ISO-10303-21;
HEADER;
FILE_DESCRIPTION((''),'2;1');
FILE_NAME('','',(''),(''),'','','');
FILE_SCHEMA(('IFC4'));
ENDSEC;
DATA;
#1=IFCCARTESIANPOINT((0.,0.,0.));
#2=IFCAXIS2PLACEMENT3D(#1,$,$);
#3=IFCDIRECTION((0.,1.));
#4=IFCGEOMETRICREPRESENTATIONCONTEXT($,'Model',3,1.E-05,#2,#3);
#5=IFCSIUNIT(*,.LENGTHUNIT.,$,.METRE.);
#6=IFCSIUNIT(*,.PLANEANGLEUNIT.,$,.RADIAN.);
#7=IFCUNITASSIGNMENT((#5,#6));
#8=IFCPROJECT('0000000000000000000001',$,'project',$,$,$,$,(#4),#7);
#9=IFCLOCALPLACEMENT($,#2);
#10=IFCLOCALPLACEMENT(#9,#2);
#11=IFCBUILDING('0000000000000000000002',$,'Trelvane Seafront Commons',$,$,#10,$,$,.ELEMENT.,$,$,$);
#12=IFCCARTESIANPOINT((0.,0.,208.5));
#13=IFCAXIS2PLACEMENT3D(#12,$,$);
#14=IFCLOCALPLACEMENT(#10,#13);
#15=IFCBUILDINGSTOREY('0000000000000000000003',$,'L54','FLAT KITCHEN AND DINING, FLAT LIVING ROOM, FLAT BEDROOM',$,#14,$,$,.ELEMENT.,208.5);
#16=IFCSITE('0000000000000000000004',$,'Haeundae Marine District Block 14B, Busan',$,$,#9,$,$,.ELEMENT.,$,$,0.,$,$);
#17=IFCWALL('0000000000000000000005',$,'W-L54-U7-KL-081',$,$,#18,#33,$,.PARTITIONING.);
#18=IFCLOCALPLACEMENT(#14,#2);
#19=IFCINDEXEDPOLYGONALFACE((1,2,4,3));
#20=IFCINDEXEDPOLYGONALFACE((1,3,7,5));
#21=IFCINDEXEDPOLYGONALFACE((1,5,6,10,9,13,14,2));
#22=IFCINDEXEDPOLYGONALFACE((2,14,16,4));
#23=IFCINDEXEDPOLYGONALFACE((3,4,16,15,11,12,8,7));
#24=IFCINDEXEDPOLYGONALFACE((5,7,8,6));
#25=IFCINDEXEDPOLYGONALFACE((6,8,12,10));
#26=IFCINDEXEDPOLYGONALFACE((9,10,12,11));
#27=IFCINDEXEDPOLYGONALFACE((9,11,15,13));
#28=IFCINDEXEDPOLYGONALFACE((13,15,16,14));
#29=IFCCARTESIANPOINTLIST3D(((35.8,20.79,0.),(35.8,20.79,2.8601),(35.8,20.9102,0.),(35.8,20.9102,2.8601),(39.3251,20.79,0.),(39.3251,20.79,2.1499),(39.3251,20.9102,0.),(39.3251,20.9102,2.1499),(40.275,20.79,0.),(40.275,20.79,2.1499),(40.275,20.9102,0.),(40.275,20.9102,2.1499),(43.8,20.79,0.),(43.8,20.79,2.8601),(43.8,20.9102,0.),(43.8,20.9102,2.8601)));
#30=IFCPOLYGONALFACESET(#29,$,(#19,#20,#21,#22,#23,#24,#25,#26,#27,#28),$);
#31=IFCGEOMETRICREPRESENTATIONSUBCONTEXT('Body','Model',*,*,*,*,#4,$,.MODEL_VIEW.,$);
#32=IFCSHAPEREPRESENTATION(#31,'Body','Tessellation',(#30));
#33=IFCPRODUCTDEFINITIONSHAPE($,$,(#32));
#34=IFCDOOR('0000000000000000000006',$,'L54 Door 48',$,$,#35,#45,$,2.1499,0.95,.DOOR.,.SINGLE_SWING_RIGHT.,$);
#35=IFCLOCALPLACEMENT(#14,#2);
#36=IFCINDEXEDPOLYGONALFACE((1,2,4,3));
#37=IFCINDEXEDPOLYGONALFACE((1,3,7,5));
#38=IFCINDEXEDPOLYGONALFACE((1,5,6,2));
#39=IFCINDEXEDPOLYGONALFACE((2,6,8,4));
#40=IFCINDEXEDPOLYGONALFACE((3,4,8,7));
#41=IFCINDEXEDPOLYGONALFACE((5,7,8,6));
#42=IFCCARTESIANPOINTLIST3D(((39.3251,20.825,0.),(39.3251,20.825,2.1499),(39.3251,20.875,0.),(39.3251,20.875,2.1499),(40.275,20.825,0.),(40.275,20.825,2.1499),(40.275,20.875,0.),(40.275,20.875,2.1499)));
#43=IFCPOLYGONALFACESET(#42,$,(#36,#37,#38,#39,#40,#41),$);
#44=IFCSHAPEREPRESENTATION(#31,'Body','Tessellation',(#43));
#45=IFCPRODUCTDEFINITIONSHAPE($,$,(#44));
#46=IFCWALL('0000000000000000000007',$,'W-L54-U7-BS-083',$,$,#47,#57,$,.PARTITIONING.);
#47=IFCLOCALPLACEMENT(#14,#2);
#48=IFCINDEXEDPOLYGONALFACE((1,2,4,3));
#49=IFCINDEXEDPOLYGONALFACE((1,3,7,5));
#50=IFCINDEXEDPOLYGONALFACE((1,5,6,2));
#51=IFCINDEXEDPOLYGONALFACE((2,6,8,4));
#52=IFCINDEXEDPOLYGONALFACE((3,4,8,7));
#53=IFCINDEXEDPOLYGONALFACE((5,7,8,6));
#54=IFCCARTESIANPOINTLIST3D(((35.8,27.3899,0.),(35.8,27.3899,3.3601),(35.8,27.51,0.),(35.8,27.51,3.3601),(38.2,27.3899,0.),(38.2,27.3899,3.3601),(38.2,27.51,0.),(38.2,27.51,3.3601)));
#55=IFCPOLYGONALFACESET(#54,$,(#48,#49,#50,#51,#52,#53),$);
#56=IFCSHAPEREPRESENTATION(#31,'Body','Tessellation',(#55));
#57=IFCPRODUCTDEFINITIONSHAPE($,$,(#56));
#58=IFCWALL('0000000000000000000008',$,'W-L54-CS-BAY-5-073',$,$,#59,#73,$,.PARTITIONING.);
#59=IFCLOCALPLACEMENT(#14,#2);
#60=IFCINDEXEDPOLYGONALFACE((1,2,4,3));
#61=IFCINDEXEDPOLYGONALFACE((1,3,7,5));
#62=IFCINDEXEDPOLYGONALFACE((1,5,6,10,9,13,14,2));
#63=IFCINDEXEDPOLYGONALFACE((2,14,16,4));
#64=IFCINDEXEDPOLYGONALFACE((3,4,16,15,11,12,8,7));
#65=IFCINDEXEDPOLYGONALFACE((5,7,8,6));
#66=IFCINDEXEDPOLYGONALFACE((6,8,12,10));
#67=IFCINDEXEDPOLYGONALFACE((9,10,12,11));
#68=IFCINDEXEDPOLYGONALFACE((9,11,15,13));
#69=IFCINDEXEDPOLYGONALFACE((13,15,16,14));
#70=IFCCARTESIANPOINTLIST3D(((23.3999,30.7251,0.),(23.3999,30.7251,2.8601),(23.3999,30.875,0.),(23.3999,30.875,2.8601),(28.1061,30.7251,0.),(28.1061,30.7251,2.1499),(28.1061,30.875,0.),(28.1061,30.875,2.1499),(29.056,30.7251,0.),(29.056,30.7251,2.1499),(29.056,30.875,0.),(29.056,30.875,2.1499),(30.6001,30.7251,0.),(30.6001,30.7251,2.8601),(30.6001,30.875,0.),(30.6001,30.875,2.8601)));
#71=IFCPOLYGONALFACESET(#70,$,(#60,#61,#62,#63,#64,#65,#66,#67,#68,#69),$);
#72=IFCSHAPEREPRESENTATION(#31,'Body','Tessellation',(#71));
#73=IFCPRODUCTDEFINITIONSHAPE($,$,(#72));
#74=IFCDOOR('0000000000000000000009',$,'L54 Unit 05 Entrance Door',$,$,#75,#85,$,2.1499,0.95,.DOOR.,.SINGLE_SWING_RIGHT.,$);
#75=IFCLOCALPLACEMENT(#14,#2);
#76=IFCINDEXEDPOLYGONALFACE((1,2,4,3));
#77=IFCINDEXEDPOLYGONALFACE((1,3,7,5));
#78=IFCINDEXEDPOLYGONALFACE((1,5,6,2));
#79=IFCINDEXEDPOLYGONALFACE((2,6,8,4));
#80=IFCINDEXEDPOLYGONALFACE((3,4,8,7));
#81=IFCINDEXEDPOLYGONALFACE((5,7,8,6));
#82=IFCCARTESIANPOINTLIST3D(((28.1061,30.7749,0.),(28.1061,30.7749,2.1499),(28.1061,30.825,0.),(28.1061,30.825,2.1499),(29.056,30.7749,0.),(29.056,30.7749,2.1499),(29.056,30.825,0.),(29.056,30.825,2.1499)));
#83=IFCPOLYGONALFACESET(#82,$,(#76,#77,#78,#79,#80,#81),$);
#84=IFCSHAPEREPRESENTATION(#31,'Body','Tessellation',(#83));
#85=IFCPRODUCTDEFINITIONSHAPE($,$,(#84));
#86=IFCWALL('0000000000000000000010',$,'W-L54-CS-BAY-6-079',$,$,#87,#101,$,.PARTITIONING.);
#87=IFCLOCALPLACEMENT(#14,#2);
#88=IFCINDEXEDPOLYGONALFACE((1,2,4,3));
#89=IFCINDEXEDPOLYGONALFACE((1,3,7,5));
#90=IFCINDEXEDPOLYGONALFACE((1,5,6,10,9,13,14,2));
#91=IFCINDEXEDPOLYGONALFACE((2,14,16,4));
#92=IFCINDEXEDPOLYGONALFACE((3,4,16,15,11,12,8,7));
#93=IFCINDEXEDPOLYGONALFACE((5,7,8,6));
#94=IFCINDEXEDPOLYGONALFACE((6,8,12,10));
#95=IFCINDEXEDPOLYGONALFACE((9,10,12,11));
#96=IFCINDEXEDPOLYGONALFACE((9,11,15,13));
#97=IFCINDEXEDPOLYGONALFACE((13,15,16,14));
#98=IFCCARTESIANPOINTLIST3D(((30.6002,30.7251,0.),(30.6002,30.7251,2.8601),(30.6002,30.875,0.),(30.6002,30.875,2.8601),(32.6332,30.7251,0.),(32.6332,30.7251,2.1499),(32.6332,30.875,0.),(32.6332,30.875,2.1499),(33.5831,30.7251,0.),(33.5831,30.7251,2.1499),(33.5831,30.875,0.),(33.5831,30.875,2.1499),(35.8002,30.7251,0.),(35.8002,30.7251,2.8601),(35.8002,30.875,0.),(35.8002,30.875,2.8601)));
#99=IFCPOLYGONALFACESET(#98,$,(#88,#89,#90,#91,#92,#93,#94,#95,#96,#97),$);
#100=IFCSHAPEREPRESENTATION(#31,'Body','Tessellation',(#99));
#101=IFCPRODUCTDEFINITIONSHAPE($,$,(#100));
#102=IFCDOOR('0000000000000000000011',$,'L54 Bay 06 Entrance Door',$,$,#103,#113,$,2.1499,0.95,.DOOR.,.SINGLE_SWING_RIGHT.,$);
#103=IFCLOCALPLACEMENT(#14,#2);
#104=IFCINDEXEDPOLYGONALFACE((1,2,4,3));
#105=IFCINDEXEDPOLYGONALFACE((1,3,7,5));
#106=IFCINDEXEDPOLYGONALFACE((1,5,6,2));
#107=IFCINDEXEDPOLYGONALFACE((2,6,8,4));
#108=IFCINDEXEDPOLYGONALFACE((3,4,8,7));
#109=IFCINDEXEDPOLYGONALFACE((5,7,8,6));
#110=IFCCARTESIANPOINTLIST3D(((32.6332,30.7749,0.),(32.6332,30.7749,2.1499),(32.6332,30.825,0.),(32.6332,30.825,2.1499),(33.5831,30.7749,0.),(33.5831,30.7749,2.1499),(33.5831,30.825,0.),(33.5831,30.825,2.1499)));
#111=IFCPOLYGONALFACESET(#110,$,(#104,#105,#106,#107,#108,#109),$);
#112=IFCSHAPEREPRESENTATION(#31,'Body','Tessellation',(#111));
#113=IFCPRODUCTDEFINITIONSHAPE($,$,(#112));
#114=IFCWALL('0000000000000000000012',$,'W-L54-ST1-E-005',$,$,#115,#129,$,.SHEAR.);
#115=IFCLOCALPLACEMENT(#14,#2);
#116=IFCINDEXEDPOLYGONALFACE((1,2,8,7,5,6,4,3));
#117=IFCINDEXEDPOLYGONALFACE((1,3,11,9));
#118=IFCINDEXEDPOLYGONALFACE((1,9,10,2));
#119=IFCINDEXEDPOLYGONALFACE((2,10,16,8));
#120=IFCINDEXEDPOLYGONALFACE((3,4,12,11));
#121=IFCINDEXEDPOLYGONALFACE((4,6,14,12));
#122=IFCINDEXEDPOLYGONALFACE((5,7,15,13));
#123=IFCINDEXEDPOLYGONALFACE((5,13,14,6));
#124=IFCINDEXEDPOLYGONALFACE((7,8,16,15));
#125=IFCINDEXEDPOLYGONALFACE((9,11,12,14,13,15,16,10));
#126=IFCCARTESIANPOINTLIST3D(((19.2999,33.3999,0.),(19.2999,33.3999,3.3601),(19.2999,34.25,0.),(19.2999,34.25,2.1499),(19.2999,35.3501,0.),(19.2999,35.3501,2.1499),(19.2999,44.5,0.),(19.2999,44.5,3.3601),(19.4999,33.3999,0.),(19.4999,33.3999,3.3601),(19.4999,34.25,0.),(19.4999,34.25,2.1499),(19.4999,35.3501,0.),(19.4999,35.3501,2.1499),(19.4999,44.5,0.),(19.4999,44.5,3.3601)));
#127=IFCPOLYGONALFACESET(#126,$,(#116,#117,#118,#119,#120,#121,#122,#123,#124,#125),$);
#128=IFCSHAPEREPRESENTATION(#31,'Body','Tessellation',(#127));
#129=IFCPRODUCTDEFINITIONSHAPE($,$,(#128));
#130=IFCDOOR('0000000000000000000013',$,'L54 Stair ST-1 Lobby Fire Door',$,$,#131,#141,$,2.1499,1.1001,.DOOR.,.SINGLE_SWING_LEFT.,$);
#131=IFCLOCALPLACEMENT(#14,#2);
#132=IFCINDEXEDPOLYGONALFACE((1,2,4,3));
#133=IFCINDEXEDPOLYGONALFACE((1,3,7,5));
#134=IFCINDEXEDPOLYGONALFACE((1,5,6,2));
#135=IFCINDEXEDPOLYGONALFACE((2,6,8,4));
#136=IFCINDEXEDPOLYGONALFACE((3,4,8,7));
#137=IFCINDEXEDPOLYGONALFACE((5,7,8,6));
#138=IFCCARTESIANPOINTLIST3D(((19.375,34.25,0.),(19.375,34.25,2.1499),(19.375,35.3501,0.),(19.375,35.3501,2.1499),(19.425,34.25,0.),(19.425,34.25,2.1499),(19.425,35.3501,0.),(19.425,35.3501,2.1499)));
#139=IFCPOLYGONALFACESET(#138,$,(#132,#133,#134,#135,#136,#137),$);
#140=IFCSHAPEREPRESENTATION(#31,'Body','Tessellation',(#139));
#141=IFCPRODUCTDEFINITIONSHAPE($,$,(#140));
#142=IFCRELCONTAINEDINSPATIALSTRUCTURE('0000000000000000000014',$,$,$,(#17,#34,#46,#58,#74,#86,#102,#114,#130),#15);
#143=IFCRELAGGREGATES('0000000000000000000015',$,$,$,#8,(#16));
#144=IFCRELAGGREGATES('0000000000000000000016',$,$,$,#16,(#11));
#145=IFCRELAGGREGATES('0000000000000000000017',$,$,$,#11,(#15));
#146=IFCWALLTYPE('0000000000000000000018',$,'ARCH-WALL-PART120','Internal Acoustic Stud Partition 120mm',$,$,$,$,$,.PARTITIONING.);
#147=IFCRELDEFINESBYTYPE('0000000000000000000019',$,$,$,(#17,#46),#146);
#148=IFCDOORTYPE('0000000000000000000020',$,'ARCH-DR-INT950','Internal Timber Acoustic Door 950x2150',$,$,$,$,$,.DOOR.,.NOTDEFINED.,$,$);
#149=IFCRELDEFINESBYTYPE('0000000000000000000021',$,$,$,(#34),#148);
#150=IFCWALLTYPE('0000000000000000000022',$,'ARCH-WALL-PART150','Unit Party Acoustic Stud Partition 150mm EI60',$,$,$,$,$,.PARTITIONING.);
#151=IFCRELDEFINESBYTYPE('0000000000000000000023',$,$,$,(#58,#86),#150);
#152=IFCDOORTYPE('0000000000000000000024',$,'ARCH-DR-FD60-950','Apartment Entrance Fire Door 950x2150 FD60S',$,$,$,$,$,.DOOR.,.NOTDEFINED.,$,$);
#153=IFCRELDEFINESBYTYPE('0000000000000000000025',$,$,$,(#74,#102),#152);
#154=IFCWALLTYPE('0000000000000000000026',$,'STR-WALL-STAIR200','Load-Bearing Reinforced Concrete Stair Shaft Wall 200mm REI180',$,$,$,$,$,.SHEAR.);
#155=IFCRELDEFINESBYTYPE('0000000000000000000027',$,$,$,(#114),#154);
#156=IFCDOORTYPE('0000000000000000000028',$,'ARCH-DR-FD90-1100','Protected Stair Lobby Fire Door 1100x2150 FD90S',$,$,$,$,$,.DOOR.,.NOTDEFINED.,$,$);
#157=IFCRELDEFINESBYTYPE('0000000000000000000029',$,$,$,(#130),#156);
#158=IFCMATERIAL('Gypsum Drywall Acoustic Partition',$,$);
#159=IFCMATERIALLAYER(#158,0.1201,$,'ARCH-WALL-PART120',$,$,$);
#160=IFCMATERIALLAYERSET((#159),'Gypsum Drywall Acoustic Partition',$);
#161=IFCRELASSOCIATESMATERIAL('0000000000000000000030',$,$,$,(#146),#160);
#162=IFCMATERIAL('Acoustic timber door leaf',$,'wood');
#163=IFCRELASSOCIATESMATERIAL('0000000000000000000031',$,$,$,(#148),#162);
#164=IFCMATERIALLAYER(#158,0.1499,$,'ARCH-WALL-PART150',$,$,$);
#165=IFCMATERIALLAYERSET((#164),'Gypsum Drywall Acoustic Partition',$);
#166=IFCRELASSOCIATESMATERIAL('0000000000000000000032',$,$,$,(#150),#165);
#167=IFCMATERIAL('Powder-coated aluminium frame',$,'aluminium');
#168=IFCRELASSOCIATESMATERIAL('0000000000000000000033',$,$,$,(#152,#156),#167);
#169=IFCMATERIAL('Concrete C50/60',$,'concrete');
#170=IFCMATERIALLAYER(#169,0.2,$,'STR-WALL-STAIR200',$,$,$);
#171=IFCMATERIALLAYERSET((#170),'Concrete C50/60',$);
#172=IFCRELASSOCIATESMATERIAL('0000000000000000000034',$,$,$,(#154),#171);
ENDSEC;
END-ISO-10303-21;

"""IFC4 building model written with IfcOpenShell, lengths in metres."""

from ifc_helpers import new_model, si_unit, direction, frame, frame_2d, origin, place, context, subcontext, project, spatial, rectangle, extrude, source, transform, mapped, material, layer, layer_set, type_object, element, fill, save


model = new_model("IFC4")

# Units and contexts
model_context = context("Model", 3, precision=1e-05, world=origin(), true_north=direction((0.0, 1.0)))
body_context = subcontext(model_context, "Body", "Model", "MODEL_VIEW")
ifc_project = project(units=[si_unit("LENGTHUNIT", "METRE"), si_unit("PLANEANGLEUNIT", "RADIAN")], contexts=[model_context])

# Site, building, storey
site_placement = place(None, origin())
site = spatial("IfcSite", under=ifc_project, at=site_placement, Name="Haeundae Marine District Block 14B, Busan", CompositionType="ELEMENT", RefElevation=0.0)
building_placement = place(site_placement, origin())
building = spatial("IfcBuilding", under=site, at=building_placement, Name="Trelvane Seafront Commons", CompositionType="ELEMENT")
storey_placement = place(building_placement, frame((0.0, 0.0, 208.5)))
storey = spatial("IfcBuildingStorey", under=building, at=storey_placement, Name="L54", Description="FLAT KITCHEN AND DINING, FLAT LIVING ROOM, FLAT BEDROOM", CompositionType="ELEMENT", Elevation=208.5)

# Shared definitions
ifc_material_1 = material(Name="Powder-coated aluminium frame", Category="aluminium")
ifc_material_2 = material(Name="Gypsum Drywall Acoustic Partition")
ifc_layer_1 = layer(ifc_material_2, 0.1201, Name="ARCH-WALL-PART120")
ifc_layer_set_1 = layer_set([ifc_layer_1], Name="Gypsum Drywall Acoustic Partition")
wall_type_1 = type_object("IfcWallType", Name="ARCH-WALL-PART120", Description="Internal Acoustic Stud Partition 120mm", PredefinedType="PARTITIONING", material=ifc_layer_set_1)
ifc_material_3 = material(Name="Acoustic timber door leaf", Category="wood")

# Wall, opening, door
door_type_1 = type_object("IfcDoorType", Name="ARCH-DR-INT950", Description="Internal Timber Acoustic Door 950x2150", OperationType="NOTDEFINED", PredefinedType="DOOR", material=ifc_material_3)
shared_shape_1 = source(origin(), body_context, "Body", "SweptSolid", [
    extrude(rectangle(XDim=0.95, YDim=2.1499, at=frame_2d((0.4751, 1.075))), frame((0.0, 0.0249, 0.0), z_axis=(0.0, -1.0, 0.0), x_axis=(1.0, 0.0, 0.0)), (0.0, 0.0, 1.0), 0.05),
])
wall_1_placement = place(storey_placement, frame((35.8, 20.8501, 0.0), z_axis=(0.0, 0.0, 1.0), x_axis=(1.0, 0.0, 0.0)))
wall_1 = element("IfcWall", 1, at=wall_1_placement, inside=storey, type_object=wall_type_1, Name="W-L54-U7-KL-081", PredefinedType="PARTITIONING", context=body_context, shape_type="SweptSolid", body=[
    extrude(rectangle(XDim=8.0, YDim=0.1201, at=frame_2d((4.0, 0.0))), origin(), (0.0, 0.0, 1.0), 2.8601),
])
opening_1_placement = place(wall_1_placement, frame((3.5249, 0.0, 0.0)))
opening_1 = element("IfcOpeningElement", 2, at=opening_1_placement, cuts=wall_1, PredefinedType="OPENING", context=body_context, shape_type="SweptSolid", body=[
    extrude(rectangle(XDim=0.95, YDim=2.1499, at=frame_2d((0.4751, 1.075))), frame((0.0, 0.0701, 0.0), z_axis=(0.0, -1.0, 0.0), x_axis=(1.0, 0.0, 0.0)), (0.0, 0.0, 1.0), 0.1401),
])
door_1_placement = place(opening_1_placement, origin())
door_1 = element("IfcDoor", 3, at=door_1_placement, inside=storey, type_object=door_type_1, Name="L54 Door 48", OperationType="SINGLE_SWING_RIGHT", OverallHeight=2.1499, OverallWidth=0.95, PredefinedType="DOOR", context=body_context, shape_type="MappedRepresentation", body=[
    mapped(shared_shape_1, transform((0.0, 0.0, 0.0), x_axis=(1.0, 0.0, 0.0), y_axis=(0.0, 1.0, 0.0), z_axis=(0.0, 0.0, 1.0), scale=1.0)),
])
fill(opening_1, door_1)

# Wall
wall_2_placement = place(storey_placement, frame((35.8, 27.45, 0.0), z_axis=(0.0, 0.0, 1.0), x_axis=(1.0, 0.0, 0.0)))
element("IfcWall", 4, at=wall_2_placement, inside=storey, type_object=wall_type_1, Name="W-L54-U7-BS-083", PredefinedType="PARTITIONING", context=body_context, shape_type="SweptSolid", body=[
    extrude(rectangle(XDim=2.3999, YDim=0.1201, at=frame_2d((1.2, 0.0))), origin(), (0.0, 0.0, 1.0), 3.3601),
])

# Walls, openings, doors
ifc_layer_2 = layer(ifc_material_2, 0.1499, Name="ARCH-WALL-PART150")
ifc_layer_set_2 = layer_set([ifc_layer_2], Name="Gypsum Drywall Acoustic Partition")
wall_type_2 = type_object("IfcWallType", Name="ARCH-WALL-PART150", Description="Unit Party Acoustic Stud Partition 150mm EI60", PredefinedType="PARTITIONING", material=ifc_layer_set_2)
door_type_2 = type_object("IfcDoorType", Name="ARCH-DR-FD60-950", Description="Apartment Entrance Fire Door 950x2150 FD60S", OperationType="NOTDEFINED", PredefinedType="DOOR", material=ifc_material_1)
wall_3_placement = place(storey_placement, frame((23.3999, 30.8, 0.0), z_axis=(0.0, 0.0, 1.0), x_axis=(1.0, 0.0, 0.0)))
wall_3 = element("IfcWall", 5, at=wall_3_placement, inside=storey, type_object=wall_type_2, Name="W-L54-CS-BAY-5-073", PredefinedType="PARTITIONING", context=body_context, shape_type="SweptSolid", body=[
    extrude(rectangle(XDim=7.2002, YDim=0.1499, at=frame_2d((3.6001, 0.0))), origin(), (0.0, 0.0, 1.0), 2.8601),
])
opening_2_placement = place(wall_3_placement, frame((4.7061, 0.0, 0.0)))
opening_2 = element("IfcOpeningElement", 6, at=opening_2_placement, cuts=wall_3, PredefinedType="OPENING", context=body_context, shape_type="SweptSolid", body=[
    extrude(rectangle(XDim=0.95, YDim=2.1499, at=frame_2d((0.4751, 1.075))), frame((0.0, 0.085, 0.0), z_axis=(0.0, -1.0, 0.0), x_axis=(1.0, 0.0, 0.0)), (0.0, 0.0, 1.0), 0.1699),
])
door_2_placement = place(opening_2_placement, origin())
door_2 = element("IfcDoor", 7, at=door_2_placement, inside=storey, type_object=door_type_2, Name="L54 Unit 05 Entrance Door", OperationType="SINGLE_SWING_RIGHT", OverallHeight=2.1499, OverallWidth=0.95, PredefinedType="DOOR", context=body_context, shape_type="MappedRepresentation", body=[
    mapped(shared_shape_1, transform((0.0, 0.0, 0.0), x_axis=(1.0, 0.0, 0.0), y_axis=(0.0, 1.0, 0.0), z_axis=(0.0, 0.0, 1.0), scale=1.0)),
])
fill(opening_2, door_2)
wall_4_placement = place(storey_placement, frame((30.6001, 30.8, 0.0), z_axis=(0.0, 0.0, 1.0), x_axis=(1.0, 0.0, 0.0)))
wall_4 = element("IfcWall", 8, at=wall_4_placement, inside=storey, type_object=wall_type_2, Name="W-L54-CS-BAY-6-079", PredefinedType="PARTITIONING", context=body_context, shape_type="SweptSolid", body=[
    extrude(rectangle(XDim=5.2, YDim=0.1499, at=frame_2d((2.6001, 0.0))), origin(), (0.0, 0.0, 1.0), 2.8601),
])
opening_3_placement = place(wall_4_placement, frame((2.033, 0.0, 0.0)))
opening_3 = element("IfcOpeningElement", 9, at=opening_3_placement, cuts=wall_4, PredefinedType="OPENING", context=body_context, shape_type="SweptSolid", body=[
    extrude(rectangle(XDim=0.95, YDim=2.1499, at=frame_2d((0.4751, 1.075))), frame((0.0, 0.085, 0.0), z_axis=(0.0, -1.0, 0.0), x_axis=(1.0, 0.0, 0.0)), (0.0, 0.0, 1.0), 0.1699),
])
door_3_placement = place(opening_3_placement, origin())
door_3 = element("IfcDoor", 10, at=door_3_placement, inside=storey, type_object=door_type_2, Name="L54 Bay 06 Entrance Door", OperationType="SINGLE_SWING_RIGHT", OverallHeight=2.1499, OverallWidth=0.95, PredefinedType="DOOR", context=body_context, shape_type="MappedRepresentation", body=[
    mapped(shared_shape_1, transform((0.0, 0.0, 0.0), x_axis=(1.0, 0.0, 0.0), y_axis=(0.0, 1.0, 0.0), z_axis=(0.0, 0.0, 1.0), scale=1.0)),
])
fill(opening_3, door_3)
ifc_material_4 = material(Name="Concrete C50/60", Category="concrete")
ifc_layer_3 = layer(ifc_material_4, 0.2, Name="STR-WALL-STAIR200")
ifc_layer_set_3 = layer_set([ifc_layer_3], Name="Concrete C50/60")
wall_type_3 = type_object("IfcWallType", Name="STR-WALL-STAIR200", Description="Load-Bearing Reinforced Concrete Stair Shaft Wall 200mm REI180", PredefinedType="SHEAR", material=ifc_layer_set_3)
wall_5_placement = place(storey_placement, frame((19.3999, 33.3999, 0.0), z_axis=(0.0, 0.0, 1.0), x_axis=(0.0, 1.0, 0.0)))
wall_5 = element("IfcWall", 11, at=wall_5_placement, inside=storey, type_object=wall_type_3, Name="W-L54-ST1-E-005", PredefinedType="SHEAR", context=body_context, shape_type="SweptSolid", body=[
    extrude(rectangle(XDim=11.1001, YDim=0.2, at=frame_2d((5.55, 0.0))), origin(), (0.0, 0.0, 1.0), 3.3601),
])
opening_4_placement = place(wall_5_placement, frame((0.8501, 0.0, 0.0)))
opening_4 = element("IfcOpeningElement", 12, at=opening_4_placement, cuts=wall_5, PredefinedType="OPENING", context=body_context, shape_type="SweptSolid", body=[
    extrude(rectangle(XDim=1.1001, YDim=2.1499, at=frame_2d((0.55, 1.075))), frame((0.0, 0.1099, 0.0), z_axis=(0.0, -1.0, 0.0), x_axis=(1.0, 0.0, 0.0)), (0.0, 0.0, 1.0), 0.22),
])
door_type_3 = type_object("IfcDoorType", Name="ARCH-DR-FD90-1100", Description="Protected Stair Lobby Fire Door 1100x2150 FD90S", OperationType="NOTDEFINED", PredefinedType="DOOR", material=ifc_material_1)
shared_shape_2 = source(origin(), body_context, "Body", "SweptSolid", [
    extrude(rectangle(XDim=1.1001, YDim=2.1499, at=frame_2d((0.55, 1.075))), frame((0.0, 0.0249, 0.0), z_axis=(0.0, -1.0, 0.0), x_axis=(1.0, 0.0, 0.0)), (0.0, 0.0, 1.0), 0.05),
])
door_4_placement = place(opening_4_placement, origin())
door_4 = element("IfcDoor", 13, at=door_4_placement, inside=storey, type_object=door_type_3, Name="L54 Stair ST-1 Lobby Fire Door", OperationType="SINGLE_SWING_LEFT", OverallHeight=2.1499, OverallWidth=1.1001, PredefinedType="DOOR", context=body_context, shape_type="MappedRepresentation", body=[
    mapped(shared_shape_2, transform((0.0, 0.0, 0.0), x_axis=(1.0, 0.0, 0.0), y_axis=(0.0, 1.0, 0.0), z_axis=(0.0, 0.0, 1.0), scale=1.0)),
])
fill(opening_4, door_4)

save(model, "model.ifc")
